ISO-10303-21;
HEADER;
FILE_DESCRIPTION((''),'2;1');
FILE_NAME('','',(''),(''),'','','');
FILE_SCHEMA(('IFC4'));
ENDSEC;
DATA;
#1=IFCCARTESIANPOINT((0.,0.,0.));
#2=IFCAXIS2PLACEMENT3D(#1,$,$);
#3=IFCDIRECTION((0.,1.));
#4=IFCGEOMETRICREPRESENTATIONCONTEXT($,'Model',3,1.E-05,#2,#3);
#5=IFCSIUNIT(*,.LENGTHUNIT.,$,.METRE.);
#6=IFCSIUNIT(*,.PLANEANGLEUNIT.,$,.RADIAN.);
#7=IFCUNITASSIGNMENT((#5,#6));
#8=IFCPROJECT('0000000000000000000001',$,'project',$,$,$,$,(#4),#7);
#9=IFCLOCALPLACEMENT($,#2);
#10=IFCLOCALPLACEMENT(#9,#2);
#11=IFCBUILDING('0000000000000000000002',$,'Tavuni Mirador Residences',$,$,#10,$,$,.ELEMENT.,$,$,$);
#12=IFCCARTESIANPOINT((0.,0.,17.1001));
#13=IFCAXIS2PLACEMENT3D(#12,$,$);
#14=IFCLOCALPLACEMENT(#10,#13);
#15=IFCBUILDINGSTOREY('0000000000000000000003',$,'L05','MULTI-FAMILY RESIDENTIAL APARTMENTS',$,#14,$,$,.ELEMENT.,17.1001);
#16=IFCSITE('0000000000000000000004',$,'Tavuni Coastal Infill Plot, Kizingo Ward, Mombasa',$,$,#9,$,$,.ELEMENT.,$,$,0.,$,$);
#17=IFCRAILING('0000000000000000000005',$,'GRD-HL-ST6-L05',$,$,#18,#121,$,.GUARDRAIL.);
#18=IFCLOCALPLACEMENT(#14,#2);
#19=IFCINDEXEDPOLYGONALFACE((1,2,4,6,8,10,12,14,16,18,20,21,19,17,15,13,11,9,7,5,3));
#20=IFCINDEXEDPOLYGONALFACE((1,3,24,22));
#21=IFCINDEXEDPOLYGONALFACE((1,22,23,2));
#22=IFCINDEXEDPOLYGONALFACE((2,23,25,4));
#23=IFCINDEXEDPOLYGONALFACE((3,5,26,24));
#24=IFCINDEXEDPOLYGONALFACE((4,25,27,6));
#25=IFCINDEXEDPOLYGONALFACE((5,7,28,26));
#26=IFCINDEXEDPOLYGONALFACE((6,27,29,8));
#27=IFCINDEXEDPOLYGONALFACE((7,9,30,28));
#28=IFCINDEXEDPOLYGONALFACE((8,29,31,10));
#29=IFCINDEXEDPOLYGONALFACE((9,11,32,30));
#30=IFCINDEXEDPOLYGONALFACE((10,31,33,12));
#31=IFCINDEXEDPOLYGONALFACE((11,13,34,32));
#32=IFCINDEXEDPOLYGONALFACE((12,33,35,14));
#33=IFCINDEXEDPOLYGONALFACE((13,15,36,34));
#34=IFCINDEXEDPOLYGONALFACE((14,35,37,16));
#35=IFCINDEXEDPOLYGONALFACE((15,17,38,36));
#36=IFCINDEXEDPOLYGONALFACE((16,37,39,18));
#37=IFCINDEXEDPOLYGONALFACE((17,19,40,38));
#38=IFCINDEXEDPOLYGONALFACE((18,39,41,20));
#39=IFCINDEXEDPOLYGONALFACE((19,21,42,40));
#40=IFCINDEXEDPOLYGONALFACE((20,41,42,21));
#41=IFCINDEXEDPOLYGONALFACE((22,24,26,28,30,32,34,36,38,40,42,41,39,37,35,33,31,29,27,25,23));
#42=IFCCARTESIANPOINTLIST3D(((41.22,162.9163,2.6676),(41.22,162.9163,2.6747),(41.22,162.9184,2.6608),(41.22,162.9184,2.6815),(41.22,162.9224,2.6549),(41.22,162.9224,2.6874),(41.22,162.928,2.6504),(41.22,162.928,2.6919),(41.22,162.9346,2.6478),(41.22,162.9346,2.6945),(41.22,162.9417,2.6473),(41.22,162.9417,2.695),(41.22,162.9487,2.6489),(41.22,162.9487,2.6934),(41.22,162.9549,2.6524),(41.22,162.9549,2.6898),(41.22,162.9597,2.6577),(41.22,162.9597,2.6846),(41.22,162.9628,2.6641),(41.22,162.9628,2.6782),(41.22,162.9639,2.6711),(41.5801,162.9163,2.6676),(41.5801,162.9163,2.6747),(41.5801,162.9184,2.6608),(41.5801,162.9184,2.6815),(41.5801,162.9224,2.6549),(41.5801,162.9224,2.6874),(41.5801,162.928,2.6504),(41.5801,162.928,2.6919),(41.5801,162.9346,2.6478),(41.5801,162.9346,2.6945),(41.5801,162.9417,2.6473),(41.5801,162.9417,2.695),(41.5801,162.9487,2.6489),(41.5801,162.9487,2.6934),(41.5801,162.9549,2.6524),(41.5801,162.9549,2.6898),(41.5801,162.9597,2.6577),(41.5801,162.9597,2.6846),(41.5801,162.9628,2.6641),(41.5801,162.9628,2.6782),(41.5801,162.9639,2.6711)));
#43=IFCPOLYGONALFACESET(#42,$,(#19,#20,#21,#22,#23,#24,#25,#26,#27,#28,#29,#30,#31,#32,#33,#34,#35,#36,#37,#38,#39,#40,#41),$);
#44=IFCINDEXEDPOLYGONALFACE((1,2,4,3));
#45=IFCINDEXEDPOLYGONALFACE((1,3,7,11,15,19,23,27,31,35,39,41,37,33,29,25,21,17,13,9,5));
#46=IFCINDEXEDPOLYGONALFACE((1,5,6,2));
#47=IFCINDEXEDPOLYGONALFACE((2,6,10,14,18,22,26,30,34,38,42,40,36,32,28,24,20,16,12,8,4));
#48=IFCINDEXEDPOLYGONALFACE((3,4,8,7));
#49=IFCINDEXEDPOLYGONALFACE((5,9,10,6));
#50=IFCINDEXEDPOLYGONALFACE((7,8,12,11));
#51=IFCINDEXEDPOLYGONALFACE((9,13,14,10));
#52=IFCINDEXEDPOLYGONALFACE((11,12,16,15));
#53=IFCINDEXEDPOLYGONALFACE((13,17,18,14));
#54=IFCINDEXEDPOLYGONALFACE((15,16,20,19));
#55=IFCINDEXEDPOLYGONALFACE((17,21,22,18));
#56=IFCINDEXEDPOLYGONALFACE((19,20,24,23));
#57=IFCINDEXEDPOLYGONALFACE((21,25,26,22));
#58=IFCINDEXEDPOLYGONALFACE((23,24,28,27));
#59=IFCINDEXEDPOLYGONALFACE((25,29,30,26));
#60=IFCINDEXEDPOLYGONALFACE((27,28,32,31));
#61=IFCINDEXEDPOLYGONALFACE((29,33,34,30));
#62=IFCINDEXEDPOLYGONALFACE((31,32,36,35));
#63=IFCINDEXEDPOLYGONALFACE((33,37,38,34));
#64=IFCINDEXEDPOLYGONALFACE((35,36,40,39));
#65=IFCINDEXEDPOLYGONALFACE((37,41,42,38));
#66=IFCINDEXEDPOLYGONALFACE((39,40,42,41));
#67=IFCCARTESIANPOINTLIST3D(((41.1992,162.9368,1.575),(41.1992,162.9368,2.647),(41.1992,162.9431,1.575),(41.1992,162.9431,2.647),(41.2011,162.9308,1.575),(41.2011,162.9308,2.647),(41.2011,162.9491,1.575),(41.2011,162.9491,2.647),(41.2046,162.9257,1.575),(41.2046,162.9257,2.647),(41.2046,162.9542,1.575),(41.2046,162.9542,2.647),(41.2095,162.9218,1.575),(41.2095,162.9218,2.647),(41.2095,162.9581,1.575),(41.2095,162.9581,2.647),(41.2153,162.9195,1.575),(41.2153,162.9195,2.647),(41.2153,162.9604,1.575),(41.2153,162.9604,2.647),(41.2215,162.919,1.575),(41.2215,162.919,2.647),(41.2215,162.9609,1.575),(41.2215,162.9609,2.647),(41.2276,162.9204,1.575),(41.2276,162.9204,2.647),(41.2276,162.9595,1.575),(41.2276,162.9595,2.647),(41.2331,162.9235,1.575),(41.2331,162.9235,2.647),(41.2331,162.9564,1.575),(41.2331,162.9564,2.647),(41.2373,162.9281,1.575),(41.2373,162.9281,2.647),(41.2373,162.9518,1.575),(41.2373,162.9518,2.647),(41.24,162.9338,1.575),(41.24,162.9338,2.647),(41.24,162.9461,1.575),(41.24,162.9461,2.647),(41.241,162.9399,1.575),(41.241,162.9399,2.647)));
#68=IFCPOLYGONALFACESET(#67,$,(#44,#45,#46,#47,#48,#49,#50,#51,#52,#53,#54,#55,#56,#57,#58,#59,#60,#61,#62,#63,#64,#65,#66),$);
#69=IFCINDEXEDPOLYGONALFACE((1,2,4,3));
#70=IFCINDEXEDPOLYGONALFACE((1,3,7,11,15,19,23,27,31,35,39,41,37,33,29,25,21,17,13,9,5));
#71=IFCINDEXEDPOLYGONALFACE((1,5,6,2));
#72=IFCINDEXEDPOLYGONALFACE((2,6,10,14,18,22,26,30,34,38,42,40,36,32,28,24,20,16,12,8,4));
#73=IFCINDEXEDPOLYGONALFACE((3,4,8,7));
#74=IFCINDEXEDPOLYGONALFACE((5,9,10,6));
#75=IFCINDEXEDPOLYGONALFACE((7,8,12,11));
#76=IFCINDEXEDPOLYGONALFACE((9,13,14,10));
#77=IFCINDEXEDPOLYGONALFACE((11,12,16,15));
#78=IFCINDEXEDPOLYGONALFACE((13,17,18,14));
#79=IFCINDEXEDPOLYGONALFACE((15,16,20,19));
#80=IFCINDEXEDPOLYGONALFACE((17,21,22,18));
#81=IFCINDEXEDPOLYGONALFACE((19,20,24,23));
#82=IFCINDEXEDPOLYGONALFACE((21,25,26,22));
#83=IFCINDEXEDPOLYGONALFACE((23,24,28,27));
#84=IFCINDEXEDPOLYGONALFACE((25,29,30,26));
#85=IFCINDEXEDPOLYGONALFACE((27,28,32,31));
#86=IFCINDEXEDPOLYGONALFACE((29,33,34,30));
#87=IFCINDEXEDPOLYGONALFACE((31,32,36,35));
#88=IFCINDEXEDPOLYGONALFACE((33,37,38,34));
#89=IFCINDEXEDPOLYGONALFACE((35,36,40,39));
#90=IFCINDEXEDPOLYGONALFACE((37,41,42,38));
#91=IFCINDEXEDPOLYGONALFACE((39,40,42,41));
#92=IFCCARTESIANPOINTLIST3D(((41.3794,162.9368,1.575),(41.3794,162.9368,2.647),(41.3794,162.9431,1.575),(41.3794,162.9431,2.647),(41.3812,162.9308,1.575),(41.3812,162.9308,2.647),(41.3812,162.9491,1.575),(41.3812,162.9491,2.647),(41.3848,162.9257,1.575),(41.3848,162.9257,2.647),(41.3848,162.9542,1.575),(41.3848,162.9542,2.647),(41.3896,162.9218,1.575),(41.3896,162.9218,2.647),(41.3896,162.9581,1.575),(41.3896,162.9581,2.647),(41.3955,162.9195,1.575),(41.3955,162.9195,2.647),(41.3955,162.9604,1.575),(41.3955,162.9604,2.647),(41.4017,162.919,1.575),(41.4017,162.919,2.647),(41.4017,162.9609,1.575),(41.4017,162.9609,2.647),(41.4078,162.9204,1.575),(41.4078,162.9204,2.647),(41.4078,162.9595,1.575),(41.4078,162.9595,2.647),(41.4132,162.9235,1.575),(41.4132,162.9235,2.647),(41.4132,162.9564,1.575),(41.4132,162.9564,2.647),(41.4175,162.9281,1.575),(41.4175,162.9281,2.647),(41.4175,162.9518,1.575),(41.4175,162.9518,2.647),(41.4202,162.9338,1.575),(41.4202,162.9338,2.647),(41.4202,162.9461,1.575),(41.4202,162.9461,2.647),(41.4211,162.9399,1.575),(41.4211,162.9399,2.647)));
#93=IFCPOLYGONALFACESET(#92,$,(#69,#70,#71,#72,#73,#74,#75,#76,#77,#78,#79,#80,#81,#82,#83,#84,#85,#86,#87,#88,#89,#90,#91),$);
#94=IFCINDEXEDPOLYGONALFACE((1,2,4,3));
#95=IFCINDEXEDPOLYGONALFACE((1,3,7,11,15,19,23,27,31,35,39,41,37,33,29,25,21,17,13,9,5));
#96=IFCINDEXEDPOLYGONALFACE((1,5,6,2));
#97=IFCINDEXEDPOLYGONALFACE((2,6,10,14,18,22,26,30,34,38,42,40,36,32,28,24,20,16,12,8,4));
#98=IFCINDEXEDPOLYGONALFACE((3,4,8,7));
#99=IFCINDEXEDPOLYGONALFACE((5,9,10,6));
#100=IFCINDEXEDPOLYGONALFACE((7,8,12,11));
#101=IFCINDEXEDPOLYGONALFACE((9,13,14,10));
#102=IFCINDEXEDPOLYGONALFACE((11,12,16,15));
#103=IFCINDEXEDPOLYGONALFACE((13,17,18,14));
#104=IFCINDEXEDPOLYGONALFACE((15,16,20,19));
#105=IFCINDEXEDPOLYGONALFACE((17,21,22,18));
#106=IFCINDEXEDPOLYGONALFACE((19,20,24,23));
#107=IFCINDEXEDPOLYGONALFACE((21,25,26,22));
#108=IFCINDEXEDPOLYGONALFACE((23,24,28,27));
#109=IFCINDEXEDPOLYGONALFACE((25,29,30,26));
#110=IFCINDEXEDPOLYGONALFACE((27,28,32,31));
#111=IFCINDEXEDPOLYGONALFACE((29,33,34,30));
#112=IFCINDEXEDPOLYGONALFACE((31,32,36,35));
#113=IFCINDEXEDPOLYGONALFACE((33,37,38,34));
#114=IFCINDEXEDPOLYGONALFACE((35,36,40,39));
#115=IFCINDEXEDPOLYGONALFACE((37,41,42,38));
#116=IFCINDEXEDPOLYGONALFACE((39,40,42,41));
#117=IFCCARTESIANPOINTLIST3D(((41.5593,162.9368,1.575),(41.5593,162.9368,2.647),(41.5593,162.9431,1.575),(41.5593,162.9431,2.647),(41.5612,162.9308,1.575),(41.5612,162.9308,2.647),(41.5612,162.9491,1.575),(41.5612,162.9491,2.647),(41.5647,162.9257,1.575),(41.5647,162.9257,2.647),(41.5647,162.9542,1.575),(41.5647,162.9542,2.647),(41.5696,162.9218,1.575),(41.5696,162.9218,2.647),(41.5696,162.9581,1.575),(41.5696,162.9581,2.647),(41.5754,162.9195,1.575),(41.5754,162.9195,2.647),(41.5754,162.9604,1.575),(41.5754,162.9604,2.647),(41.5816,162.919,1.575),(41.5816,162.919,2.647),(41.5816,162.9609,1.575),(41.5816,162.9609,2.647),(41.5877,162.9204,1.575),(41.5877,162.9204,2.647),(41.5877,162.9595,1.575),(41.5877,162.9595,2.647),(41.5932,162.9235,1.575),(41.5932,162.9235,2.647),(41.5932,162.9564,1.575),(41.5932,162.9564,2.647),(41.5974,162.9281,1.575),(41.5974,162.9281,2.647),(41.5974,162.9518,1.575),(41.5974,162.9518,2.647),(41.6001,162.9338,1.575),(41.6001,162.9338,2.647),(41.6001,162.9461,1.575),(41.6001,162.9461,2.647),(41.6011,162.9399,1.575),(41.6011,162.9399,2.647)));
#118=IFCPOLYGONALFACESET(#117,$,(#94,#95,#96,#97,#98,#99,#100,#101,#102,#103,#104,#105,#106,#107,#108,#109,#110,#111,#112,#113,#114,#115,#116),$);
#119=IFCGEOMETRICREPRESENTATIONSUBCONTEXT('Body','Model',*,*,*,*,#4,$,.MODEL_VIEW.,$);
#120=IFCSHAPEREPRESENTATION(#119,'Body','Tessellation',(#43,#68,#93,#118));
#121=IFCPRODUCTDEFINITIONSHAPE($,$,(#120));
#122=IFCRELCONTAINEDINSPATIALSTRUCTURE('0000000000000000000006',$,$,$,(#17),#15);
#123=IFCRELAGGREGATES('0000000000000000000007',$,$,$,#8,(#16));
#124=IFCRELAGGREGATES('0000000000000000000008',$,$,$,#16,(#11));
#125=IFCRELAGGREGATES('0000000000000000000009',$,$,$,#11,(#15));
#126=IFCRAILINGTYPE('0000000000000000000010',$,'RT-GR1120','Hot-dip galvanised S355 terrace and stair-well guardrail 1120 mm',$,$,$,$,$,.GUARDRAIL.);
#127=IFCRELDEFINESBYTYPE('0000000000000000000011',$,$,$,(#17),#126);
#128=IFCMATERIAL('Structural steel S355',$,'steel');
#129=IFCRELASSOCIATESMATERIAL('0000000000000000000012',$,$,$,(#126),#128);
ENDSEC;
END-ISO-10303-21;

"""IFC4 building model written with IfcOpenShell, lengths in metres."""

from ifc_helpers import new_model, si_unit, direction, frame, origin, origin_2d, place, context, subcontext, project, spatial, circle, extrude, material, type_object, element, save


model = new_model("IFC4")

# Units and contexts
model_context = context("Model", 3, precision=1e-05, world=origin(), true_north=direction((0.0, 1.0)))
body_context = subcontext(model_context, "Body", "Model", "MODEL_VIEW")
ifc_project = project(units=[si_unit("LENGTHUNIT", "METRE"), si_unit("PLANEANGLEUNIT", "RADIAN")], contexts=[model_context])

# Site, building, storey
site_placement = place(None, origin())
site = spatial("IfcSite", under=ifc_project, at=site_placement, Name="Tavuni Coastal Infill Plot, Kizingo Ward, Mombasa", CompositionType="ELEMENT", RefElevation=0.0)
building_placement = place(site_placement, origin())
building = spatial("IfcBuilding", under=site, at=building_placement, Name="Tavuni Mirador Residences", CompositionType="ELEMENT")
storey_placement = place(building_placement, frame((0.0, 0.0, 17.1001)))
storey = spatial("IfcBuildingStorey", under=building, at=storey_placement, Name="L05", Description="MULTI-FAMILY RESIDENTIAL APARTMENTS", CompositionType="ELEMENT", Elevation=17.1001)

# Shared definitions
ifc_material_1 = material(Name="Structural steel S355", Category="steel")

# Railing
railing_type_1 = type_object("IfcRailingType", Name="RT-GR1120", Description="Hot-dip galvanised S355 terrace and stair-well guardrail 1120 mm", PredefinedType="GUARDRAIL", material=ifc_material_1)
railing_1_placement = place(storey_placement, frame((41.22, 162.9399, 1.575)))
element("IfcRailing", 1, at=railing_1_placement, inside=storey, type_object=railing_type_1, Name="GRD-HL-ST6-L05", PredefinedType="GUARDRAIL", context=body_context, shape_type="SweptSolid", body=[
    extrude(circle(Radius=0.0239, at=origin_2d()), frame((0.0, 0.0, 1.0962), z_axis=(1.0, 0.0, 0.0), x_axis=(0.0, 1.0, 0.0)), (0.0, 0.0, 1.0), 0.3601),
    extrude(circle(Radius=0.021, at=origin_2d()), origin(), (0.0, 0.0, 1.0), 1.072),
    extrude(circle(Radius=0.021, at=origin_2d()), frame((0.1802, 0.0, 0.0)), (0.0, 0.0, 1.0), 1.072),
    extrude(circle(Radius=0.021, at=origin_2d()), frame((0.3601, 0.0, 0.0)), (0.0, 0.0, 1.0), 1.072),
])

save(model, "model.ifc")
